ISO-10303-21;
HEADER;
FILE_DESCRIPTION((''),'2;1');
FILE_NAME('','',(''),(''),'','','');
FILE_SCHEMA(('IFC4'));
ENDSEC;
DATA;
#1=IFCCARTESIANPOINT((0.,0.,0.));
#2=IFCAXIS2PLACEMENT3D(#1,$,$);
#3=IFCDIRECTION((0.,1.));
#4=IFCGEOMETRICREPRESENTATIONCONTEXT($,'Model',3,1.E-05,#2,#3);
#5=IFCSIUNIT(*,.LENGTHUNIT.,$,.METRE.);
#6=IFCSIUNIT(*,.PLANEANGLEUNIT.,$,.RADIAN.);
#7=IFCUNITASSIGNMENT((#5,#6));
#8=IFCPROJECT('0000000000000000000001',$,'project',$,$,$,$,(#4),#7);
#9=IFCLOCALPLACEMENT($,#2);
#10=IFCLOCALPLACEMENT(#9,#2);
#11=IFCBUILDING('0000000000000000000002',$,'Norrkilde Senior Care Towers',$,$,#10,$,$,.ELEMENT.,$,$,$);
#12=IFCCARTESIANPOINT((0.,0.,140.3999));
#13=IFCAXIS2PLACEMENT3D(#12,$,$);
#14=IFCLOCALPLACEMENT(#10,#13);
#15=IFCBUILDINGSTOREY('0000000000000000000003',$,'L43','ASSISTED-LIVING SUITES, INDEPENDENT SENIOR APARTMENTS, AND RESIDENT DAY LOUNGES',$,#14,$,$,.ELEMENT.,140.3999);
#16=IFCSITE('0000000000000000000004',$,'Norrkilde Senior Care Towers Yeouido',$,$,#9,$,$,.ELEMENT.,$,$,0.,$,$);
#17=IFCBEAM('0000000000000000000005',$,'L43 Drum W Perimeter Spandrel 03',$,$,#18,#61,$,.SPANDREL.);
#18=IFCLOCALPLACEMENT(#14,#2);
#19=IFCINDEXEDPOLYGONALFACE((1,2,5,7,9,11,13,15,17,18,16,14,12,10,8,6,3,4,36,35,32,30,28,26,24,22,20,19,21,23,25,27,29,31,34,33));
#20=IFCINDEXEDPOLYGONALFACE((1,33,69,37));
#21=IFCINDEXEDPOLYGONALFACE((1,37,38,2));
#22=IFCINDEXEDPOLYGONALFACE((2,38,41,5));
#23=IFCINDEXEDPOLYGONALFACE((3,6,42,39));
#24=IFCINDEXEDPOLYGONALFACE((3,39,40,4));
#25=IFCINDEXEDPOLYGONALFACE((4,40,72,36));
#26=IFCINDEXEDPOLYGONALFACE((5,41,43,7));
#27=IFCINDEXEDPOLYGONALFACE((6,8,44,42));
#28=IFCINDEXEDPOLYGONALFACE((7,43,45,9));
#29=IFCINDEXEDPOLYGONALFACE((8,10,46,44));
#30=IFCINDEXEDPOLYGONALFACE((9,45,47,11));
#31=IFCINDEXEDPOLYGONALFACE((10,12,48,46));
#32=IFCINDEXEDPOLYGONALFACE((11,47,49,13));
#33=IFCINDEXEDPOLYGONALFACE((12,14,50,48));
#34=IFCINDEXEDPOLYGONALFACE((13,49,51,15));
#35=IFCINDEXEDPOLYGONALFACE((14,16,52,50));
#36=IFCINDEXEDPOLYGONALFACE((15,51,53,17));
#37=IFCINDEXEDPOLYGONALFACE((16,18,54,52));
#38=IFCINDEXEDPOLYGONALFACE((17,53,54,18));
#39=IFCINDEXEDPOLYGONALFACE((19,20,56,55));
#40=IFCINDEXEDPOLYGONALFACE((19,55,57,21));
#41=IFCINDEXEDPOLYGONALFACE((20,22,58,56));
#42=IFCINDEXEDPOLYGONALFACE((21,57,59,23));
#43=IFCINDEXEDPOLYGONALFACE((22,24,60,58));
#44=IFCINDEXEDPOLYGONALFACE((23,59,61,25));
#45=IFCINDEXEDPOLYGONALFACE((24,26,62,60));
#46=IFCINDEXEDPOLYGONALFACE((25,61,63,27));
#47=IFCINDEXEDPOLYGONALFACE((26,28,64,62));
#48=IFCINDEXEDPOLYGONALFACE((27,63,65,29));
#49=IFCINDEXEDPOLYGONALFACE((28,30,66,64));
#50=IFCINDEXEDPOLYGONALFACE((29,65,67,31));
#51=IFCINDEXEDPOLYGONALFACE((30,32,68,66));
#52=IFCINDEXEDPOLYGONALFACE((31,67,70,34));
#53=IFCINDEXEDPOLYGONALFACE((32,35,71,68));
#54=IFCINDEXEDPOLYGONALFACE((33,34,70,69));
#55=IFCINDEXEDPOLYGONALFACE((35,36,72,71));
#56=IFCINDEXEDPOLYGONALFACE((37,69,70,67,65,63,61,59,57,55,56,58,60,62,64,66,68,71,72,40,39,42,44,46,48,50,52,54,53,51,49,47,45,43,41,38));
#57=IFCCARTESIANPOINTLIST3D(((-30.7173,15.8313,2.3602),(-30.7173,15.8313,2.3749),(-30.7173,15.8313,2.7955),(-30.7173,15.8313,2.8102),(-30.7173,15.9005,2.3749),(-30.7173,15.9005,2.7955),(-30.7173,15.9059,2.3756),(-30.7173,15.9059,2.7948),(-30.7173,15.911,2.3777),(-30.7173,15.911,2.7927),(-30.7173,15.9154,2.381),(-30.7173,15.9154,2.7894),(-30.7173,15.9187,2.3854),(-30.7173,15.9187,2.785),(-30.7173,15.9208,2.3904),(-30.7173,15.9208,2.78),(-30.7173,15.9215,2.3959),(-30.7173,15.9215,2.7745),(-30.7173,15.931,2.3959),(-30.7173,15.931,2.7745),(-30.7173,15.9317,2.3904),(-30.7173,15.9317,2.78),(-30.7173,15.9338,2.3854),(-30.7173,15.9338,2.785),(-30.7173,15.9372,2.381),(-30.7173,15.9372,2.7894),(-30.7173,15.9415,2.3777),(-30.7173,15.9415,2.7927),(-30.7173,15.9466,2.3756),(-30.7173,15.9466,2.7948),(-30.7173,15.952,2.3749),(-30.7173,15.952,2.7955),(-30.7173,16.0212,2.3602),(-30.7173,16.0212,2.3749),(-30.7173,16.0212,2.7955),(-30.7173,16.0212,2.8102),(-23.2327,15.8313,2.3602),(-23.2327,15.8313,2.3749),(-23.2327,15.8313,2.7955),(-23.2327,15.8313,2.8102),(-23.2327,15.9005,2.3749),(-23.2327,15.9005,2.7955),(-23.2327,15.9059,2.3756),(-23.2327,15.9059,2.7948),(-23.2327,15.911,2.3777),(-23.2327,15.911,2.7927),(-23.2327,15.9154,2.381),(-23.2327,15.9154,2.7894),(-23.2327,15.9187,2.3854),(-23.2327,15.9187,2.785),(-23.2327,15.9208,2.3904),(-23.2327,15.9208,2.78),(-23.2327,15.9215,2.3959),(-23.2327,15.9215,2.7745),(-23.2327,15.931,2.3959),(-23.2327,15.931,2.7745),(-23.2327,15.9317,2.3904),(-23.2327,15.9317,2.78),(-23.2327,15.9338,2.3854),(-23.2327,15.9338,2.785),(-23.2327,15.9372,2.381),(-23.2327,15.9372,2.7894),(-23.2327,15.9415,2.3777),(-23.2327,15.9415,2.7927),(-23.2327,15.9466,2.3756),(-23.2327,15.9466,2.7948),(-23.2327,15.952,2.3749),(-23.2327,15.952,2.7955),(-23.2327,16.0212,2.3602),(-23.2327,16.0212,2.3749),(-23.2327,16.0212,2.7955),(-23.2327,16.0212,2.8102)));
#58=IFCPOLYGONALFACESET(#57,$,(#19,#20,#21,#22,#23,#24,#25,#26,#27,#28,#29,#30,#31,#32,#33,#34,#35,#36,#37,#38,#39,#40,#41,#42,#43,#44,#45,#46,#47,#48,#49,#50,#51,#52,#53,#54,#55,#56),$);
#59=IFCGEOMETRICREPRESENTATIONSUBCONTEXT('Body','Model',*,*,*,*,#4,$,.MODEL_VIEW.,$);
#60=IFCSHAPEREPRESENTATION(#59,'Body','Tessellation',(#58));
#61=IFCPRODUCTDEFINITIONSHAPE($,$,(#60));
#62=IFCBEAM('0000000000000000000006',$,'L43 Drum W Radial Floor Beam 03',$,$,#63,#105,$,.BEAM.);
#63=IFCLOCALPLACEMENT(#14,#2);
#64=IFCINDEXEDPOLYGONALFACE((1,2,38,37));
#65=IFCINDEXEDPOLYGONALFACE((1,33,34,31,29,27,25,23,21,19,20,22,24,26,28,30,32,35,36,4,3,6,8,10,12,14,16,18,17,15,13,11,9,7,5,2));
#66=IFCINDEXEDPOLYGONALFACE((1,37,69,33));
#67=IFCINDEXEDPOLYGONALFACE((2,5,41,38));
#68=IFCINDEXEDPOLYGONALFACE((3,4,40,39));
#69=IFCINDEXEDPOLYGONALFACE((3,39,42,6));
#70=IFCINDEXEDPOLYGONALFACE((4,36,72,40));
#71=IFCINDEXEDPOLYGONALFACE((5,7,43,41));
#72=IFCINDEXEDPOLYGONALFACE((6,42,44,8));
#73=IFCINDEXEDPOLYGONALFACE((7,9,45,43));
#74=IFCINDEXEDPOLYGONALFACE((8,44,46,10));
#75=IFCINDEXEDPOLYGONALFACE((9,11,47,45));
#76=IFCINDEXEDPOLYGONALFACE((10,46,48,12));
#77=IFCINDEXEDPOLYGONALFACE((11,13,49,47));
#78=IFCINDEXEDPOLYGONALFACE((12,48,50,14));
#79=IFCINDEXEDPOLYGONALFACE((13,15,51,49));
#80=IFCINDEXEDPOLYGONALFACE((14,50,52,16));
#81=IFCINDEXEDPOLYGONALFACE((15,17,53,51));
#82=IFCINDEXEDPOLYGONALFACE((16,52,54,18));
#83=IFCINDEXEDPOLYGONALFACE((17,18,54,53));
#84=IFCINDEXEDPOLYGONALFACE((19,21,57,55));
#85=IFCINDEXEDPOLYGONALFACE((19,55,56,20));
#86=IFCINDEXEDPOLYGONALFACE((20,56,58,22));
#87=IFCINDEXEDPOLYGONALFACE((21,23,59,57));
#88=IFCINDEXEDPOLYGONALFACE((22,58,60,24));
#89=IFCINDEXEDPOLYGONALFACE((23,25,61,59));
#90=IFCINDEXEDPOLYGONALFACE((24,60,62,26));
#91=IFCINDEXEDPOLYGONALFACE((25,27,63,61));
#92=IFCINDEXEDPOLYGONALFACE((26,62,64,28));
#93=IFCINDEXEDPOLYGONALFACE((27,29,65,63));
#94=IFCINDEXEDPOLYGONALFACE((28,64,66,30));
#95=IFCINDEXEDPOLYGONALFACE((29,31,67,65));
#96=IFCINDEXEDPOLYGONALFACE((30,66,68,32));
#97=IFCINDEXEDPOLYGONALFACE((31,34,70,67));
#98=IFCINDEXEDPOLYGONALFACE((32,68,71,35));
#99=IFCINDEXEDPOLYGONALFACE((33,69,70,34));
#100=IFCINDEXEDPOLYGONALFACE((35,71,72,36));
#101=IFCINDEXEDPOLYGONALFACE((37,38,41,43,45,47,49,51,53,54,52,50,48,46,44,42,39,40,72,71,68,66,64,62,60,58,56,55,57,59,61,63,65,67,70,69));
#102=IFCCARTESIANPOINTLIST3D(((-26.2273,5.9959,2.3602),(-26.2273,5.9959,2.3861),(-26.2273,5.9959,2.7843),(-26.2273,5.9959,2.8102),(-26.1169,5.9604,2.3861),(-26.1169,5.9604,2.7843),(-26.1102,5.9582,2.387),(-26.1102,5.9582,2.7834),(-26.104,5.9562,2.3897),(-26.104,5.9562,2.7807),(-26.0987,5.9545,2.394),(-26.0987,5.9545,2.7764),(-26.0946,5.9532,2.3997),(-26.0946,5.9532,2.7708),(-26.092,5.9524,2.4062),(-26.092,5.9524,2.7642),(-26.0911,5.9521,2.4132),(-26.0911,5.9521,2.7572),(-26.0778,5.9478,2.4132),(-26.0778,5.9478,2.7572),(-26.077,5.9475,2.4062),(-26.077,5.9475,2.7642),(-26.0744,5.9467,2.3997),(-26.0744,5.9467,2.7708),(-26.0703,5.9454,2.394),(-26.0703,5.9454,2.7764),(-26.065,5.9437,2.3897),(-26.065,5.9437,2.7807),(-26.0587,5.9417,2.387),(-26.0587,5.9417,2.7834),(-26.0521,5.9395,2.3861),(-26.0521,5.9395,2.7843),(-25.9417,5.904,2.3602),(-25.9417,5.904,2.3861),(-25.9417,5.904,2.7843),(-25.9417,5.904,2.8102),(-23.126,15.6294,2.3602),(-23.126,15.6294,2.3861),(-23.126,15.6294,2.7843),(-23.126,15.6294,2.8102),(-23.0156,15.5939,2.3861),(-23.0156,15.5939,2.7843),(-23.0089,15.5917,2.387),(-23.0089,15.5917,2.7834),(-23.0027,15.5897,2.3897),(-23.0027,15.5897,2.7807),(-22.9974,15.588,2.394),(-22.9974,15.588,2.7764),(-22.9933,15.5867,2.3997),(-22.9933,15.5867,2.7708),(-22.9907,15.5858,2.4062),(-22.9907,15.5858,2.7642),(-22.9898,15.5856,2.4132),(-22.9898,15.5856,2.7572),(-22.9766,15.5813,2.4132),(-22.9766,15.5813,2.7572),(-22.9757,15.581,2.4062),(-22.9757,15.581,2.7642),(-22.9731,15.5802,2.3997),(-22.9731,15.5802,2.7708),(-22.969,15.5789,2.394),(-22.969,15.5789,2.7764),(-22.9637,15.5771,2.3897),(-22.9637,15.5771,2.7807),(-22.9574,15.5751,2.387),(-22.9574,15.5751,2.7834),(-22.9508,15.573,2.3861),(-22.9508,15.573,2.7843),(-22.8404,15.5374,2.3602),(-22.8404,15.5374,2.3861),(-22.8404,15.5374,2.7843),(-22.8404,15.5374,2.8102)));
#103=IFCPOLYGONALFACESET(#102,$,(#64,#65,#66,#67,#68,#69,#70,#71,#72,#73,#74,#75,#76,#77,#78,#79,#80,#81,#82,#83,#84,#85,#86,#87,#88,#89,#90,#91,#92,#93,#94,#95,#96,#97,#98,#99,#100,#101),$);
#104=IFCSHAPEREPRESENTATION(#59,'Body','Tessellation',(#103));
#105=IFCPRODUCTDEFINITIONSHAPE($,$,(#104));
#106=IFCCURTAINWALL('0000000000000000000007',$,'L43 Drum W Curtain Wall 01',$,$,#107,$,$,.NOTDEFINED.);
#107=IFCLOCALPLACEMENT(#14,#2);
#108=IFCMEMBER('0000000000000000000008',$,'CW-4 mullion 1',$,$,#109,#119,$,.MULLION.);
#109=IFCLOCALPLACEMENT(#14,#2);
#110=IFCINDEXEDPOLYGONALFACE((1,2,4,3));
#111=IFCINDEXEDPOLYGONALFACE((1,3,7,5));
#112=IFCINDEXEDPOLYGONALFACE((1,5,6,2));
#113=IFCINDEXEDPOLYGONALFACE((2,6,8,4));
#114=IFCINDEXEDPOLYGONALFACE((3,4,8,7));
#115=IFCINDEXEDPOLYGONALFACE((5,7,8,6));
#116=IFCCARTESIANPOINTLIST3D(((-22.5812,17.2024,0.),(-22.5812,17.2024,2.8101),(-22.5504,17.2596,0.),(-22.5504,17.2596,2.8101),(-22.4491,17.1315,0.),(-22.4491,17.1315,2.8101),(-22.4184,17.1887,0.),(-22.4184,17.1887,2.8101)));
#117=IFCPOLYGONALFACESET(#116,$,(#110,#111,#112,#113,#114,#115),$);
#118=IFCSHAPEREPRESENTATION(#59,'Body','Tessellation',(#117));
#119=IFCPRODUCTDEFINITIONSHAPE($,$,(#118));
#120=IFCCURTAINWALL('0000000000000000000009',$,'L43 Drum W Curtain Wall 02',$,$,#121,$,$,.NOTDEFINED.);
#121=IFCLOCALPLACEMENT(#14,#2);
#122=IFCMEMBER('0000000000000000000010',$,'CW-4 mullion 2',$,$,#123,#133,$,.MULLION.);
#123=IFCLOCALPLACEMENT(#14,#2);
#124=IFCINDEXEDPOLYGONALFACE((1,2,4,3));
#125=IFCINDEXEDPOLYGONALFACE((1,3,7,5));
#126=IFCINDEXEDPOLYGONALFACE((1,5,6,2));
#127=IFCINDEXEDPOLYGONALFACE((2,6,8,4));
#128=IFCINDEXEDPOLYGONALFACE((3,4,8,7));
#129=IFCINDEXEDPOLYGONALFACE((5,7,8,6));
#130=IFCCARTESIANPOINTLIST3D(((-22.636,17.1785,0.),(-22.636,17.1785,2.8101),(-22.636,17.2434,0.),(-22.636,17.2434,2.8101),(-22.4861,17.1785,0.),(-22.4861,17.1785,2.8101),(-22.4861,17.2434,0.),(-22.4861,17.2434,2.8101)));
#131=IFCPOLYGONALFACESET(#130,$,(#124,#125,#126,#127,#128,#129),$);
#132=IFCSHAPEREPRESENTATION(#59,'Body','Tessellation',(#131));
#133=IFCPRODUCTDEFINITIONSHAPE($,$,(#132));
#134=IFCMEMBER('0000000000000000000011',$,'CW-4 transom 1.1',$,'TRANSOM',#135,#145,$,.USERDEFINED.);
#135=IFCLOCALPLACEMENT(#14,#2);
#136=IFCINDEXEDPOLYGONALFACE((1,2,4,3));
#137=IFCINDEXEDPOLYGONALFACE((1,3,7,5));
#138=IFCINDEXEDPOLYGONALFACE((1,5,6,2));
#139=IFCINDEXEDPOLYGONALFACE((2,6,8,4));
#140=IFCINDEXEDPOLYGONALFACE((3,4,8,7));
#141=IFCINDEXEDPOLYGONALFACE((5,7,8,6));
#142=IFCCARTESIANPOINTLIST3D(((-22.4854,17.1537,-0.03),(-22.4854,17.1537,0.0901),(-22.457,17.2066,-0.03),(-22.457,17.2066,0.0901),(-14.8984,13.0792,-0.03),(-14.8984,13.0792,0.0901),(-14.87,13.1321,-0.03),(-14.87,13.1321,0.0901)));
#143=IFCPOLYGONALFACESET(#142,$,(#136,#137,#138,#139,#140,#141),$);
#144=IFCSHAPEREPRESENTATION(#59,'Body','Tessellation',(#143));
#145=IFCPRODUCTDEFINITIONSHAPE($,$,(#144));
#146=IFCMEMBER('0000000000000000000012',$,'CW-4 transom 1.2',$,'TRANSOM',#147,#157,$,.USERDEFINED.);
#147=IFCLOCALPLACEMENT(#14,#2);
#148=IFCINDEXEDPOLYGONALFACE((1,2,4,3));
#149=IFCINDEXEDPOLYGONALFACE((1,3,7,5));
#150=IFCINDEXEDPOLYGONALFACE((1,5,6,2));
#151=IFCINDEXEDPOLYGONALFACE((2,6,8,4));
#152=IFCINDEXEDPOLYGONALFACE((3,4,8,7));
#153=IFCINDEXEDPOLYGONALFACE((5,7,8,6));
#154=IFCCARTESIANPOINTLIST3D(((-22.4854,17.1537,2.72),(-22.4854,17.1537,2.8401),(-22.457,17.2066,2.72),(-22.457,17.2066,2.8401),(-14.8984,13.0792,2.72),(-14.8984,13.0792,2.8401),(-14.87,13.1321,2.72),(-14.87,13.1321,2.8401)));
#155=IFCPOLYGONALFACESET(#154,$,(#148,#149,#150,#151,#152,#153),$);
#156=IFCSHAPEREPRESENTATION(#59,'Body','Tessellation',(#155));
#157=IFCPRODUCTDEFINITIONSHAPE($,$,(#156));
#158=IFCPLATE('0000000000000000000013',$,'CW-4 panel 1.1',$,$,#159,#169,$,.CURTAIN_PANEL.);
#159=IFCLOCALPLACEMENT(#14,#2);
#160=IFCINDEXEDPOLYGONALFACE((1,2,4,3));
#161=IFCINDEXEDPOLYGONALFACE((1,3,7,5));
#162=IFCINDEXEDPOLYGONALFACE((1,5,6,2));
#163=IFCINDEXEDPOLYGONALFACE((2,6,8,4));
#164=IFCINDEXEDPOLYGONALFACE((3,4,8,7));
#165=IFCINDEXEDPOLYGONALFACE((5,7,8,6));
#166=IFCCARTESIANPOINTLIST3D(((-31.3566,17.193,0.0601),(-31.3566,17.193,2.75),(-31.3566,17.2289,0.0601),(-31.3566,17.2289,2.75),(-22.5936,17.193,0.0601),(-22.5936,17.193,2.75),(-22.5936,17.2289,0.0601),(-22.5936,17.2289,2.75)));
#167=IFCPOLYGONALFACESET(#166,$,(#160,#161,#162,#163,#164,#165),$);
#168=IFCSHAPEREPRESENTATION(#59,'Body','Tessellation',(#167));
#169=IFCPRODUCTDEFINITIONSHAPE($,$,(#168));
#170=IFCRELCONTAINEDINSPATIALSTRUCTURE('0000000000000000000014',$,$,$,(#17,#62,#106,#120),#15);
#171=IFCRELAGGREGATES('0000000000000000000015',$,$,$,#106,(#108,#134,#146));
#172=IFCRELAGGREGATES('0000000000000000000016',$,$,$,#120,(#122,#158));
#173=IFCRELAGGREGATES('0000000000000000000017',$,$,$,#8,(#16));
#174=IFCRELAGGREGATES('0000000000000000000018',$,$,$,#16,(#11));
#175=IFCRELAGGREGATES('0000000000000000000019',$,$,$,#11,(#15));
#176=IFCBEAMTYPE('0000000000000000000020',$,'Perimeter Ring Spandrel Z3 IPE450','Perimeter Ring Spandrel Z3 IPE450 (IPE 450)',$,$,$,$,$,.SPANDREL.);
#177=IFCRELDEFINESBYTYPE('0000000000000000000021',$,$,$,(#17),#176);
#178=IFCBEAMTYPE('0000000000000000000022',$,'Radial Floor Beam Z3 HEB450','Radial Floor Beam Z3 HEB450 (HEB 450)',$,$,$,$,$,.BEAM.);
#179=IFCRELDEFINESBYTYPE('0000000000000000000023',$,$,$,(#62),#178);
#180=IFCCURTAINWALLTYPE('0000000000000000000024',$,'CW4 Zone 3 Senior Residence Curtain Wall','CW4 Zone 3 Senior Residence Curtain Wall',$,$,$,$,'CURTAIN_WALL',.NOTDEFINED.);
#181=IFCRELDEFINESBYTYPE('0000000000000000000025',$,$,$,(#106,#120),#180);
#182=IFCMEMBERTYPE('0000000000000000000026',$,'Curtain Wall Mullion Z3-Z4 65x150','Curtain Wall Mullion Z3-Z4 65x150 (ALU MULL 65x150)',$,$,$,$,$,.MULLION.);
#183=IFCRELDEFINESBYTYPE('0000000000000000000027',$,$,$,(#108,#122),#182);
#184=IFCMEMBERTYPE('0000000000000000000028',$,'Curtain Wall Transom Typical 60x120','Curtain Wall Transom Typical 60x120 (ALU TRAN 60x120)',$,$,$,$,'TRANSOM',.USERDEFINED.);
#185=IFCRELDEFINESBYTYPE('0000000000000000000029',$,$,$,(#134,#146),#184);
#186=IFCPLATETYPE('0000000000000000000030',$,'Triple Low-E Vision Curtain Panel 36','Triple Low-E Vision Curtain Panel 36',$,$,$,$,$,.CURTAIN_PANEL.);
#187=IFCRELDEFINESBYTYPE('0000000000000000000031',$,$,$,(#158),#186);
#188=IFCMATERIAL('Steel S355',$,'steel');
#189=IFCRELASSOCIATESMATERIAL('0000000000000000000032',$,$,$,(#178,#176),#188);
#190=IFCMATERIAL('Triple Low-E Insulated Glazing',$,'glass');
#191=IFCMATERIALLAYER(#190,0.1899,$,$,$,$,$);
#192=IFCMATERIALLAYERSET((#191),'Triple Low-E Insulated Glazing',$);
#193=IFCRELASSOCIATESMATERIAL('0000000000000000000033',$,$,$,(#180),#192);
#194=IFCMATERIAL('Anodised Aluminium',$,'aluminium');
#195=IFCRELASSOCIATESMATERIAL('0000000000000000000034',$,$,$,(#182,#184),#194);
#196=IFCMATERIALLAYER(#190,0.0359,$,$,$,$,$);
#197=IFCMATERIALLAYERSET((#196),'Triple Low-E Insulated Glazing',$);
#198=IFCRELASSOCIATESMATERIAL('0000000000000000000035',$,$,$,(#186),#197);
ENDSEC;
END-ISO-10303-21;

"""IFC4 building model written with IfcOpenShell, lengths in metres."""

from ifc_helpers import new_model, si_unit, direction, frame, origin, origin_2d, place, context, subcontext, project, spatial, rectangle, i_section, extrude, source, transform, mapped, material, layer, layer_set, material_profile, profile_set, type_object, type_shapes, element, aggregate, save


model = new_model("IFC4")

# Units and contexts
model_context = context("Model", 3, precision=1e-05, world=origin(), true_north=direction((0.0, 1.0)))
body_context = subcontext(model_context, "Body", "Model", "MODEL_VIEW")
ifc_project = project(units=[si_unit("LENGTHUNIT", "METRE"), si_unit("PLANEANGLEUNIT", "RADIAN")], contexts=[model_context])

# Site, building, storey
site_placement = place(None, origin())
site = spatial("IfcSite", under=ifc_project, at=site_placement, Name="Norrkilde Senior Care Towers Yeouido", CompositionType="ELEMENT", RefElevation=0.0)
building_placement = place(site_placement, origin())
building = spatial("IfcBuilding", under=site, at=building_placement, Name="Norrkilde Senior Care Towers", CompositionType="ELEMENT")
storey_placement = place(building_placement, frame((0.0, 0.0, 140.3999)))
storey = spatial("IfcBuildingStorey", under=building, at=storey_placement, Name="L43", Description="ASSISTED-LIVING SUITES, INDEPENDENT SENIOR APARTMENTS, AND RESIDENT DAY LOUNGES", CompositionType="ELEMENT", Elevation=140.3999)

# Beams
ifc_material_1 = material(Name="Steel S355", Category="steel")
ifc_material_profile_1 = material_profile(ifc_material_1, i_section(OverallWidth=0.3, OverallDepth=0.45, WebThickness=0.0139, FlangeThickness=0.0259, FilletRadius=0.0271, at=origin_2d()), Name="HEB 450")
ifc_profile_set_1 = profile_set([ifc_material_profile_1], Name="Steel S355")
beam_type_1 = type_object("IfcBeamType", Name="Radial Floor Beam Z3 HEB450", Description="Radial Floor Beam Z3 HEB450 (HEB 450)", PredefinedType="BEAM", material=ifc_profile_set_1)
ifc_material_profile_2 = material_profile(ifc_material_1, i_section(OverallWidth=0.1899, OverallDepth=0.45, WebThickness=0.0095, FlangeThickness=0.0146, FilletRadius=0.021, at=origin_2d()), Name="IPE 450")
ifc_profile_set_2 = profile_set([ifc_material_profile_2], Name="Steel S355")
beam_type_2 = type_object("IfcBeamType", Name="Perimeter Ring Spandrel Z3 IPE450", Description="Perimeter Ring Spandrel Z3 IPE450 (IPE 450)", PredefinedType="SPANDREL", material=ifc_profile_set_2)
shared_shape_1 = source(origin(), body_context, "Body", "SweptSolid", [
    extrude(i_section(OverallWidth=0.1899, OverallDepth=0.45, WebThickness=0.0095, FlangeThickness=0.0146, FilletRadius=0.021, at=origin_2d()), origin(), (0.0, 0.0, 1.0), 7.4846),
])
type_shapes(beam_type_2, [shared_shape_1])
beam_1_placement = place(storey_placement, frame((-23.2327, 15.9263, 2.5852), z_axis=(-1.0, 0.0, 0.0), x_axis=(0.0, -1.0, 0.0)))
element("IfcBeam", 1, at=beam_1_placement, inside=storey, type_object=beam_type_2, Name="L43 Drum W Perimeter Spandrel 03", PredefinedType="SPANDREL", context=body_context, shape_type="MappedRepresentation", body=[
    mapped(shared_shape_1, transform((0.0, 0.0, 0.0), x_axis=(1.0, 0.0, 0.0), y_axis=(0.0, 1.0, 0.0), z_axis=(0.0, 0.0, 1.0), scale=1.0)),
])
shared_shape_2 = source(origin(), body_context, "Body", "SweptSolid", [
    extrude(i_section(OverallWidth=0.3, OverallDepth=0.45, WebThickness=0.0139, FlangeThickness=0.0259, FilletRadius=0.0271, at=origin_2d()), origin(), (0.0, 0.0, 1.0), 10.1204),
])
beam_2_placement = place(storey_placement, frame((-26.0845, 5.95, 2.5852), z_axis=(0.306441, 0.95189, 0.0), x_axis=(-0.95189, 0.306441, 0.0)))
element("IfcBeam", 2, at=beam_2_placement, inside=storey, type_object=beam_type_1, Name="L43 Drum W Radial Floor Beam 03", PredefinedType="BEAM", context=body_context, shape_type="MappedRepresentation", body=[
    mapped(shared_shape_2, transform((0.0, 0.0, 0.0), x_axis=(1.0, 0.0, 0.0), y_axis=(0.0, 1.0, 0.0), z_axis=(0.0, 0.0, 1.0), scale=1.0)),
])

# Curtain walls, members
ifc_material_2 = material(Name="Triple Low-E Insulated Glazing", Category="glass")
ifc_layer_1 = layer(ifc_material_2, 0.1899)
ifc_layer_set_1 = layer_set([ifc_layer_1], Name="Triple Low-E Insulated Glazing")
curtain_wall_type = type_object("IfcCurtainWallType", Name="CW4 Zone 3 Senior Residence Curtain Wall", Description="CW4 Zone 3 Senior Residence Curtain Wall", ElementType="CURTAIN_WALL", PredefinedType="NOTDEFINED", material=ifc_layer_set_1)
curtain_wall_1_placement = place(storey_placement, origin())
curtain_wall_1 = element("IfcCurtainWall", 3, at=curtain_wall_1_placement, inside=storey, type_object=curtain_wall_type, Name="L43 Drum W Curtain Wall 01", PredefinedType="NOTDEFINED")
ifc_material_3 = material(Name="Anodised Aluminium", Category="aluminium")
ifc_material_profile_3 = material_profile(ifc_material_3, rectangle(XDim=0.0649, YDim=0.1499, at=origin_2d()), Name="ALU MULL 65x150")
ifc_profile_set_3 = profile_set([ifc_material_profile_3], Name="Anodised Aluminium")
member_type_1 = type_object("IfcMemberType", Name="Curtain Wall Mullion Z3-Z4 65x150", Description="Curtain Wall Mullion Z3-Z4 65x150 (ALU MULL 65x150)", PredefinedType="MULLION", material=ifc_profile_set_3)
shared_shape_3 = source(origin(), body_context, "Body", "SweptSolid", [
    extrude(rectangle(XDim=0.0649, YDim=0.1499, at=origin_2d()), origin(), (0.0, 0.0, 1.0), 2.8101),
])
type_shapes(member_type_1, [shared_shape_3])
member_1_placement = place(storey_placement, frame((-22.4998, 17.1956, 0.0), z_axis=(0.0, 0.0, 1.0), x_axis=(0.473117, 0.881, 0.0)))
member_1 = element("IfcMember", 4, at=member_1_placement, type_object=member_type_1, Name="CW-4 mullion 1", PredefinedType="MULLION", context=body_context, shape_type="MappedRepresentation", body=[
    mapped(shared_shape_3, transform((0.0, 0.0, 0.0), x_axis=(1.0, 0.0, 0.0), y_axis=(0.0, 1.0, 0.0), z_axis=(0.0, 0.0, 1.0), scale=1.0)),
])
curtain_wall_2_placement = place(storey_placement, origin())
curtain_wall_2 = element("IfcCurtainWall", 5, at=curtain_wall_2_placement, inside=storey, type_object=curtain_wall_type, Name="L43 Drum W Curtain Wall 02", PredefinedType="NOTDEFINED")
member_2_placement = place(storey_placement, frame((-22.561, 17.2109, 0.0), z_axis=(0.0, 0.0, 1.0), x_axis=(0.0, 1.0, 0.0)))
member_2 = element("IfcMember", 6, at=member_2_placement, type_object=member_type_1, Name="CW-4 mullion 2", PredefinedType="MULLION", context=body_context, shape_type="MappedRepresentation", body=[
    mapped(shared_shape_3, transform((0.0, 0.0, 0.0), x_axis=(1.0, 0.0, 0.0), y_axis=(0.0, 1.0, 0.0), z_axis=(0.0, 0.0, 1.0), scale=1.0)),
])

# Members
ifc_material_profile_4 = material_profile(ifc_material_3, rectangle(XDim=0.0601, YDim=0.1201, at=origin_2d()), Name="ALU TRAN 60x120")
ifc_profile_set_4 = profile_set([ifc_material_profile_4], Name="Anodised Aluminium")
member_type_2 = type_object("IfcMemberType", Name="Curtain Wall Transom Typical 60x120", Description="Curtain Wall Transom Typical 60x120 (ALU TRAN 60x120)", ElementType="TRANSOM", PredefinedType="USERDEFINED", material=ifc_profile_set_4)
shared_shape_4 = source(origin(), body_context, "Body", "SweptSolid", [
    extrude(rectangle(XDim=0.0601, YDim=0.1201, at=origin_2d()), origin(), (0.0, 0.0, 1.0), 8.6118),
])
type_shapes(member_type_2, [shared_shape_4])
member_3_placement = place(storey_placement, frame((-22.4712, 17.1802, 0.03), z_axis=(0.880994, -0.473127, 0.0), x_axis=(0.473127, 0.880994, 0.0)))
member_3 = element("IfcMember", 7, at=member_3_placement, type_object=member_type_2, Name="CW-4 transom 1.1", ObjectType="TRANSOM", PredefinedType="USERDEFINED", context=body_context, shape_type="MappedRepresentation", body=[
    mapped(shared_shape_4, transform((0.0, 0.0, 0.0), x_axis=(1.0, 0.0, 0.0), y_axis=(0.0, 1.0, 0.0), z_axis=(0.0, 0.0, 1.0), scale=1.0)),
])
member_4_placement = place(storey_placement, frame((-22.4712, 17.1802, 2.78), z_axis=(0.880994, -0.473127, 0.0), x_axis=(0.473127, 0.880994, 0.0)))
member_4 = element("IfcMember", 8, at=member_4_placement, type_object=member_type_2, Name="CW-4 transom 1.2", ObjectType="TRANSOM", PredefinedType="USERDEFINED", context=body_context, shape_type="MappedRepresentation", body=[
    mapped(shared_shape_4, transform((0.0, 0.0, 0.0), x_axis=(1.0, 0.0, 0.0), y_axis=(0.0, 1.0, 0.0), z_axis=(0.0, 0.0, 1.0), scale=1.0)),
])
aggregate(curtain_wall_1, [member_1, member_3, member_4])

# Plate
ifc_layer_2 = layer(ifc_material_2, 0.0359)
ifc_layer_set_2 = layer_set([ifc_layer_2], Name="Triple Low-E Insulated Glazing")
plate_type = type_object("IfcPlateType", Name="Triple Low-E Vision Curtain Panel 36", Description="Triple Low-E Vision Curtain Panel 36", PredefinedType="CURTAIN_PANEL", material=ifc_layer_set_2)
shared_shape_5 = source(origin(), body_context, "Body", "SweptSolid", [
    extrude(rectangle(XDim=8.7629, YDim=0.0359, at=origin_2d()), origin(), (0.0, 0.0, 1.0), 2.6899),
])
type_shapes(plate_type, [shared_shape_5])
plate_placement = place(storey_placement, frame((-26.9751, 17.2109, 0.0601), z_axis=(0.0, 0.0, 1.0), x_axis=(1.0, 0.0, 0.0)))
plate = element("IfcPlate", 9, at=plate_placement, type_object=plate_type, Name="CW-4 panel 1.1", PredefinedType="CURTAIN_PANEL", context=body_context, shape_type="MappedRepresentation", body=[
    mapped(shared_shape_5, transform((0.0, 0.0, 0.0), x_axis=(1.0, 0.0, 0.0), y_axis=(0.0, 1.0, 0.0), z_axis=(0.0, 0.0, 1.0), scale=1.0)),
])
aggregate(curtain_wall_2, [member_2, plate])

save(model, "model.ifc")
